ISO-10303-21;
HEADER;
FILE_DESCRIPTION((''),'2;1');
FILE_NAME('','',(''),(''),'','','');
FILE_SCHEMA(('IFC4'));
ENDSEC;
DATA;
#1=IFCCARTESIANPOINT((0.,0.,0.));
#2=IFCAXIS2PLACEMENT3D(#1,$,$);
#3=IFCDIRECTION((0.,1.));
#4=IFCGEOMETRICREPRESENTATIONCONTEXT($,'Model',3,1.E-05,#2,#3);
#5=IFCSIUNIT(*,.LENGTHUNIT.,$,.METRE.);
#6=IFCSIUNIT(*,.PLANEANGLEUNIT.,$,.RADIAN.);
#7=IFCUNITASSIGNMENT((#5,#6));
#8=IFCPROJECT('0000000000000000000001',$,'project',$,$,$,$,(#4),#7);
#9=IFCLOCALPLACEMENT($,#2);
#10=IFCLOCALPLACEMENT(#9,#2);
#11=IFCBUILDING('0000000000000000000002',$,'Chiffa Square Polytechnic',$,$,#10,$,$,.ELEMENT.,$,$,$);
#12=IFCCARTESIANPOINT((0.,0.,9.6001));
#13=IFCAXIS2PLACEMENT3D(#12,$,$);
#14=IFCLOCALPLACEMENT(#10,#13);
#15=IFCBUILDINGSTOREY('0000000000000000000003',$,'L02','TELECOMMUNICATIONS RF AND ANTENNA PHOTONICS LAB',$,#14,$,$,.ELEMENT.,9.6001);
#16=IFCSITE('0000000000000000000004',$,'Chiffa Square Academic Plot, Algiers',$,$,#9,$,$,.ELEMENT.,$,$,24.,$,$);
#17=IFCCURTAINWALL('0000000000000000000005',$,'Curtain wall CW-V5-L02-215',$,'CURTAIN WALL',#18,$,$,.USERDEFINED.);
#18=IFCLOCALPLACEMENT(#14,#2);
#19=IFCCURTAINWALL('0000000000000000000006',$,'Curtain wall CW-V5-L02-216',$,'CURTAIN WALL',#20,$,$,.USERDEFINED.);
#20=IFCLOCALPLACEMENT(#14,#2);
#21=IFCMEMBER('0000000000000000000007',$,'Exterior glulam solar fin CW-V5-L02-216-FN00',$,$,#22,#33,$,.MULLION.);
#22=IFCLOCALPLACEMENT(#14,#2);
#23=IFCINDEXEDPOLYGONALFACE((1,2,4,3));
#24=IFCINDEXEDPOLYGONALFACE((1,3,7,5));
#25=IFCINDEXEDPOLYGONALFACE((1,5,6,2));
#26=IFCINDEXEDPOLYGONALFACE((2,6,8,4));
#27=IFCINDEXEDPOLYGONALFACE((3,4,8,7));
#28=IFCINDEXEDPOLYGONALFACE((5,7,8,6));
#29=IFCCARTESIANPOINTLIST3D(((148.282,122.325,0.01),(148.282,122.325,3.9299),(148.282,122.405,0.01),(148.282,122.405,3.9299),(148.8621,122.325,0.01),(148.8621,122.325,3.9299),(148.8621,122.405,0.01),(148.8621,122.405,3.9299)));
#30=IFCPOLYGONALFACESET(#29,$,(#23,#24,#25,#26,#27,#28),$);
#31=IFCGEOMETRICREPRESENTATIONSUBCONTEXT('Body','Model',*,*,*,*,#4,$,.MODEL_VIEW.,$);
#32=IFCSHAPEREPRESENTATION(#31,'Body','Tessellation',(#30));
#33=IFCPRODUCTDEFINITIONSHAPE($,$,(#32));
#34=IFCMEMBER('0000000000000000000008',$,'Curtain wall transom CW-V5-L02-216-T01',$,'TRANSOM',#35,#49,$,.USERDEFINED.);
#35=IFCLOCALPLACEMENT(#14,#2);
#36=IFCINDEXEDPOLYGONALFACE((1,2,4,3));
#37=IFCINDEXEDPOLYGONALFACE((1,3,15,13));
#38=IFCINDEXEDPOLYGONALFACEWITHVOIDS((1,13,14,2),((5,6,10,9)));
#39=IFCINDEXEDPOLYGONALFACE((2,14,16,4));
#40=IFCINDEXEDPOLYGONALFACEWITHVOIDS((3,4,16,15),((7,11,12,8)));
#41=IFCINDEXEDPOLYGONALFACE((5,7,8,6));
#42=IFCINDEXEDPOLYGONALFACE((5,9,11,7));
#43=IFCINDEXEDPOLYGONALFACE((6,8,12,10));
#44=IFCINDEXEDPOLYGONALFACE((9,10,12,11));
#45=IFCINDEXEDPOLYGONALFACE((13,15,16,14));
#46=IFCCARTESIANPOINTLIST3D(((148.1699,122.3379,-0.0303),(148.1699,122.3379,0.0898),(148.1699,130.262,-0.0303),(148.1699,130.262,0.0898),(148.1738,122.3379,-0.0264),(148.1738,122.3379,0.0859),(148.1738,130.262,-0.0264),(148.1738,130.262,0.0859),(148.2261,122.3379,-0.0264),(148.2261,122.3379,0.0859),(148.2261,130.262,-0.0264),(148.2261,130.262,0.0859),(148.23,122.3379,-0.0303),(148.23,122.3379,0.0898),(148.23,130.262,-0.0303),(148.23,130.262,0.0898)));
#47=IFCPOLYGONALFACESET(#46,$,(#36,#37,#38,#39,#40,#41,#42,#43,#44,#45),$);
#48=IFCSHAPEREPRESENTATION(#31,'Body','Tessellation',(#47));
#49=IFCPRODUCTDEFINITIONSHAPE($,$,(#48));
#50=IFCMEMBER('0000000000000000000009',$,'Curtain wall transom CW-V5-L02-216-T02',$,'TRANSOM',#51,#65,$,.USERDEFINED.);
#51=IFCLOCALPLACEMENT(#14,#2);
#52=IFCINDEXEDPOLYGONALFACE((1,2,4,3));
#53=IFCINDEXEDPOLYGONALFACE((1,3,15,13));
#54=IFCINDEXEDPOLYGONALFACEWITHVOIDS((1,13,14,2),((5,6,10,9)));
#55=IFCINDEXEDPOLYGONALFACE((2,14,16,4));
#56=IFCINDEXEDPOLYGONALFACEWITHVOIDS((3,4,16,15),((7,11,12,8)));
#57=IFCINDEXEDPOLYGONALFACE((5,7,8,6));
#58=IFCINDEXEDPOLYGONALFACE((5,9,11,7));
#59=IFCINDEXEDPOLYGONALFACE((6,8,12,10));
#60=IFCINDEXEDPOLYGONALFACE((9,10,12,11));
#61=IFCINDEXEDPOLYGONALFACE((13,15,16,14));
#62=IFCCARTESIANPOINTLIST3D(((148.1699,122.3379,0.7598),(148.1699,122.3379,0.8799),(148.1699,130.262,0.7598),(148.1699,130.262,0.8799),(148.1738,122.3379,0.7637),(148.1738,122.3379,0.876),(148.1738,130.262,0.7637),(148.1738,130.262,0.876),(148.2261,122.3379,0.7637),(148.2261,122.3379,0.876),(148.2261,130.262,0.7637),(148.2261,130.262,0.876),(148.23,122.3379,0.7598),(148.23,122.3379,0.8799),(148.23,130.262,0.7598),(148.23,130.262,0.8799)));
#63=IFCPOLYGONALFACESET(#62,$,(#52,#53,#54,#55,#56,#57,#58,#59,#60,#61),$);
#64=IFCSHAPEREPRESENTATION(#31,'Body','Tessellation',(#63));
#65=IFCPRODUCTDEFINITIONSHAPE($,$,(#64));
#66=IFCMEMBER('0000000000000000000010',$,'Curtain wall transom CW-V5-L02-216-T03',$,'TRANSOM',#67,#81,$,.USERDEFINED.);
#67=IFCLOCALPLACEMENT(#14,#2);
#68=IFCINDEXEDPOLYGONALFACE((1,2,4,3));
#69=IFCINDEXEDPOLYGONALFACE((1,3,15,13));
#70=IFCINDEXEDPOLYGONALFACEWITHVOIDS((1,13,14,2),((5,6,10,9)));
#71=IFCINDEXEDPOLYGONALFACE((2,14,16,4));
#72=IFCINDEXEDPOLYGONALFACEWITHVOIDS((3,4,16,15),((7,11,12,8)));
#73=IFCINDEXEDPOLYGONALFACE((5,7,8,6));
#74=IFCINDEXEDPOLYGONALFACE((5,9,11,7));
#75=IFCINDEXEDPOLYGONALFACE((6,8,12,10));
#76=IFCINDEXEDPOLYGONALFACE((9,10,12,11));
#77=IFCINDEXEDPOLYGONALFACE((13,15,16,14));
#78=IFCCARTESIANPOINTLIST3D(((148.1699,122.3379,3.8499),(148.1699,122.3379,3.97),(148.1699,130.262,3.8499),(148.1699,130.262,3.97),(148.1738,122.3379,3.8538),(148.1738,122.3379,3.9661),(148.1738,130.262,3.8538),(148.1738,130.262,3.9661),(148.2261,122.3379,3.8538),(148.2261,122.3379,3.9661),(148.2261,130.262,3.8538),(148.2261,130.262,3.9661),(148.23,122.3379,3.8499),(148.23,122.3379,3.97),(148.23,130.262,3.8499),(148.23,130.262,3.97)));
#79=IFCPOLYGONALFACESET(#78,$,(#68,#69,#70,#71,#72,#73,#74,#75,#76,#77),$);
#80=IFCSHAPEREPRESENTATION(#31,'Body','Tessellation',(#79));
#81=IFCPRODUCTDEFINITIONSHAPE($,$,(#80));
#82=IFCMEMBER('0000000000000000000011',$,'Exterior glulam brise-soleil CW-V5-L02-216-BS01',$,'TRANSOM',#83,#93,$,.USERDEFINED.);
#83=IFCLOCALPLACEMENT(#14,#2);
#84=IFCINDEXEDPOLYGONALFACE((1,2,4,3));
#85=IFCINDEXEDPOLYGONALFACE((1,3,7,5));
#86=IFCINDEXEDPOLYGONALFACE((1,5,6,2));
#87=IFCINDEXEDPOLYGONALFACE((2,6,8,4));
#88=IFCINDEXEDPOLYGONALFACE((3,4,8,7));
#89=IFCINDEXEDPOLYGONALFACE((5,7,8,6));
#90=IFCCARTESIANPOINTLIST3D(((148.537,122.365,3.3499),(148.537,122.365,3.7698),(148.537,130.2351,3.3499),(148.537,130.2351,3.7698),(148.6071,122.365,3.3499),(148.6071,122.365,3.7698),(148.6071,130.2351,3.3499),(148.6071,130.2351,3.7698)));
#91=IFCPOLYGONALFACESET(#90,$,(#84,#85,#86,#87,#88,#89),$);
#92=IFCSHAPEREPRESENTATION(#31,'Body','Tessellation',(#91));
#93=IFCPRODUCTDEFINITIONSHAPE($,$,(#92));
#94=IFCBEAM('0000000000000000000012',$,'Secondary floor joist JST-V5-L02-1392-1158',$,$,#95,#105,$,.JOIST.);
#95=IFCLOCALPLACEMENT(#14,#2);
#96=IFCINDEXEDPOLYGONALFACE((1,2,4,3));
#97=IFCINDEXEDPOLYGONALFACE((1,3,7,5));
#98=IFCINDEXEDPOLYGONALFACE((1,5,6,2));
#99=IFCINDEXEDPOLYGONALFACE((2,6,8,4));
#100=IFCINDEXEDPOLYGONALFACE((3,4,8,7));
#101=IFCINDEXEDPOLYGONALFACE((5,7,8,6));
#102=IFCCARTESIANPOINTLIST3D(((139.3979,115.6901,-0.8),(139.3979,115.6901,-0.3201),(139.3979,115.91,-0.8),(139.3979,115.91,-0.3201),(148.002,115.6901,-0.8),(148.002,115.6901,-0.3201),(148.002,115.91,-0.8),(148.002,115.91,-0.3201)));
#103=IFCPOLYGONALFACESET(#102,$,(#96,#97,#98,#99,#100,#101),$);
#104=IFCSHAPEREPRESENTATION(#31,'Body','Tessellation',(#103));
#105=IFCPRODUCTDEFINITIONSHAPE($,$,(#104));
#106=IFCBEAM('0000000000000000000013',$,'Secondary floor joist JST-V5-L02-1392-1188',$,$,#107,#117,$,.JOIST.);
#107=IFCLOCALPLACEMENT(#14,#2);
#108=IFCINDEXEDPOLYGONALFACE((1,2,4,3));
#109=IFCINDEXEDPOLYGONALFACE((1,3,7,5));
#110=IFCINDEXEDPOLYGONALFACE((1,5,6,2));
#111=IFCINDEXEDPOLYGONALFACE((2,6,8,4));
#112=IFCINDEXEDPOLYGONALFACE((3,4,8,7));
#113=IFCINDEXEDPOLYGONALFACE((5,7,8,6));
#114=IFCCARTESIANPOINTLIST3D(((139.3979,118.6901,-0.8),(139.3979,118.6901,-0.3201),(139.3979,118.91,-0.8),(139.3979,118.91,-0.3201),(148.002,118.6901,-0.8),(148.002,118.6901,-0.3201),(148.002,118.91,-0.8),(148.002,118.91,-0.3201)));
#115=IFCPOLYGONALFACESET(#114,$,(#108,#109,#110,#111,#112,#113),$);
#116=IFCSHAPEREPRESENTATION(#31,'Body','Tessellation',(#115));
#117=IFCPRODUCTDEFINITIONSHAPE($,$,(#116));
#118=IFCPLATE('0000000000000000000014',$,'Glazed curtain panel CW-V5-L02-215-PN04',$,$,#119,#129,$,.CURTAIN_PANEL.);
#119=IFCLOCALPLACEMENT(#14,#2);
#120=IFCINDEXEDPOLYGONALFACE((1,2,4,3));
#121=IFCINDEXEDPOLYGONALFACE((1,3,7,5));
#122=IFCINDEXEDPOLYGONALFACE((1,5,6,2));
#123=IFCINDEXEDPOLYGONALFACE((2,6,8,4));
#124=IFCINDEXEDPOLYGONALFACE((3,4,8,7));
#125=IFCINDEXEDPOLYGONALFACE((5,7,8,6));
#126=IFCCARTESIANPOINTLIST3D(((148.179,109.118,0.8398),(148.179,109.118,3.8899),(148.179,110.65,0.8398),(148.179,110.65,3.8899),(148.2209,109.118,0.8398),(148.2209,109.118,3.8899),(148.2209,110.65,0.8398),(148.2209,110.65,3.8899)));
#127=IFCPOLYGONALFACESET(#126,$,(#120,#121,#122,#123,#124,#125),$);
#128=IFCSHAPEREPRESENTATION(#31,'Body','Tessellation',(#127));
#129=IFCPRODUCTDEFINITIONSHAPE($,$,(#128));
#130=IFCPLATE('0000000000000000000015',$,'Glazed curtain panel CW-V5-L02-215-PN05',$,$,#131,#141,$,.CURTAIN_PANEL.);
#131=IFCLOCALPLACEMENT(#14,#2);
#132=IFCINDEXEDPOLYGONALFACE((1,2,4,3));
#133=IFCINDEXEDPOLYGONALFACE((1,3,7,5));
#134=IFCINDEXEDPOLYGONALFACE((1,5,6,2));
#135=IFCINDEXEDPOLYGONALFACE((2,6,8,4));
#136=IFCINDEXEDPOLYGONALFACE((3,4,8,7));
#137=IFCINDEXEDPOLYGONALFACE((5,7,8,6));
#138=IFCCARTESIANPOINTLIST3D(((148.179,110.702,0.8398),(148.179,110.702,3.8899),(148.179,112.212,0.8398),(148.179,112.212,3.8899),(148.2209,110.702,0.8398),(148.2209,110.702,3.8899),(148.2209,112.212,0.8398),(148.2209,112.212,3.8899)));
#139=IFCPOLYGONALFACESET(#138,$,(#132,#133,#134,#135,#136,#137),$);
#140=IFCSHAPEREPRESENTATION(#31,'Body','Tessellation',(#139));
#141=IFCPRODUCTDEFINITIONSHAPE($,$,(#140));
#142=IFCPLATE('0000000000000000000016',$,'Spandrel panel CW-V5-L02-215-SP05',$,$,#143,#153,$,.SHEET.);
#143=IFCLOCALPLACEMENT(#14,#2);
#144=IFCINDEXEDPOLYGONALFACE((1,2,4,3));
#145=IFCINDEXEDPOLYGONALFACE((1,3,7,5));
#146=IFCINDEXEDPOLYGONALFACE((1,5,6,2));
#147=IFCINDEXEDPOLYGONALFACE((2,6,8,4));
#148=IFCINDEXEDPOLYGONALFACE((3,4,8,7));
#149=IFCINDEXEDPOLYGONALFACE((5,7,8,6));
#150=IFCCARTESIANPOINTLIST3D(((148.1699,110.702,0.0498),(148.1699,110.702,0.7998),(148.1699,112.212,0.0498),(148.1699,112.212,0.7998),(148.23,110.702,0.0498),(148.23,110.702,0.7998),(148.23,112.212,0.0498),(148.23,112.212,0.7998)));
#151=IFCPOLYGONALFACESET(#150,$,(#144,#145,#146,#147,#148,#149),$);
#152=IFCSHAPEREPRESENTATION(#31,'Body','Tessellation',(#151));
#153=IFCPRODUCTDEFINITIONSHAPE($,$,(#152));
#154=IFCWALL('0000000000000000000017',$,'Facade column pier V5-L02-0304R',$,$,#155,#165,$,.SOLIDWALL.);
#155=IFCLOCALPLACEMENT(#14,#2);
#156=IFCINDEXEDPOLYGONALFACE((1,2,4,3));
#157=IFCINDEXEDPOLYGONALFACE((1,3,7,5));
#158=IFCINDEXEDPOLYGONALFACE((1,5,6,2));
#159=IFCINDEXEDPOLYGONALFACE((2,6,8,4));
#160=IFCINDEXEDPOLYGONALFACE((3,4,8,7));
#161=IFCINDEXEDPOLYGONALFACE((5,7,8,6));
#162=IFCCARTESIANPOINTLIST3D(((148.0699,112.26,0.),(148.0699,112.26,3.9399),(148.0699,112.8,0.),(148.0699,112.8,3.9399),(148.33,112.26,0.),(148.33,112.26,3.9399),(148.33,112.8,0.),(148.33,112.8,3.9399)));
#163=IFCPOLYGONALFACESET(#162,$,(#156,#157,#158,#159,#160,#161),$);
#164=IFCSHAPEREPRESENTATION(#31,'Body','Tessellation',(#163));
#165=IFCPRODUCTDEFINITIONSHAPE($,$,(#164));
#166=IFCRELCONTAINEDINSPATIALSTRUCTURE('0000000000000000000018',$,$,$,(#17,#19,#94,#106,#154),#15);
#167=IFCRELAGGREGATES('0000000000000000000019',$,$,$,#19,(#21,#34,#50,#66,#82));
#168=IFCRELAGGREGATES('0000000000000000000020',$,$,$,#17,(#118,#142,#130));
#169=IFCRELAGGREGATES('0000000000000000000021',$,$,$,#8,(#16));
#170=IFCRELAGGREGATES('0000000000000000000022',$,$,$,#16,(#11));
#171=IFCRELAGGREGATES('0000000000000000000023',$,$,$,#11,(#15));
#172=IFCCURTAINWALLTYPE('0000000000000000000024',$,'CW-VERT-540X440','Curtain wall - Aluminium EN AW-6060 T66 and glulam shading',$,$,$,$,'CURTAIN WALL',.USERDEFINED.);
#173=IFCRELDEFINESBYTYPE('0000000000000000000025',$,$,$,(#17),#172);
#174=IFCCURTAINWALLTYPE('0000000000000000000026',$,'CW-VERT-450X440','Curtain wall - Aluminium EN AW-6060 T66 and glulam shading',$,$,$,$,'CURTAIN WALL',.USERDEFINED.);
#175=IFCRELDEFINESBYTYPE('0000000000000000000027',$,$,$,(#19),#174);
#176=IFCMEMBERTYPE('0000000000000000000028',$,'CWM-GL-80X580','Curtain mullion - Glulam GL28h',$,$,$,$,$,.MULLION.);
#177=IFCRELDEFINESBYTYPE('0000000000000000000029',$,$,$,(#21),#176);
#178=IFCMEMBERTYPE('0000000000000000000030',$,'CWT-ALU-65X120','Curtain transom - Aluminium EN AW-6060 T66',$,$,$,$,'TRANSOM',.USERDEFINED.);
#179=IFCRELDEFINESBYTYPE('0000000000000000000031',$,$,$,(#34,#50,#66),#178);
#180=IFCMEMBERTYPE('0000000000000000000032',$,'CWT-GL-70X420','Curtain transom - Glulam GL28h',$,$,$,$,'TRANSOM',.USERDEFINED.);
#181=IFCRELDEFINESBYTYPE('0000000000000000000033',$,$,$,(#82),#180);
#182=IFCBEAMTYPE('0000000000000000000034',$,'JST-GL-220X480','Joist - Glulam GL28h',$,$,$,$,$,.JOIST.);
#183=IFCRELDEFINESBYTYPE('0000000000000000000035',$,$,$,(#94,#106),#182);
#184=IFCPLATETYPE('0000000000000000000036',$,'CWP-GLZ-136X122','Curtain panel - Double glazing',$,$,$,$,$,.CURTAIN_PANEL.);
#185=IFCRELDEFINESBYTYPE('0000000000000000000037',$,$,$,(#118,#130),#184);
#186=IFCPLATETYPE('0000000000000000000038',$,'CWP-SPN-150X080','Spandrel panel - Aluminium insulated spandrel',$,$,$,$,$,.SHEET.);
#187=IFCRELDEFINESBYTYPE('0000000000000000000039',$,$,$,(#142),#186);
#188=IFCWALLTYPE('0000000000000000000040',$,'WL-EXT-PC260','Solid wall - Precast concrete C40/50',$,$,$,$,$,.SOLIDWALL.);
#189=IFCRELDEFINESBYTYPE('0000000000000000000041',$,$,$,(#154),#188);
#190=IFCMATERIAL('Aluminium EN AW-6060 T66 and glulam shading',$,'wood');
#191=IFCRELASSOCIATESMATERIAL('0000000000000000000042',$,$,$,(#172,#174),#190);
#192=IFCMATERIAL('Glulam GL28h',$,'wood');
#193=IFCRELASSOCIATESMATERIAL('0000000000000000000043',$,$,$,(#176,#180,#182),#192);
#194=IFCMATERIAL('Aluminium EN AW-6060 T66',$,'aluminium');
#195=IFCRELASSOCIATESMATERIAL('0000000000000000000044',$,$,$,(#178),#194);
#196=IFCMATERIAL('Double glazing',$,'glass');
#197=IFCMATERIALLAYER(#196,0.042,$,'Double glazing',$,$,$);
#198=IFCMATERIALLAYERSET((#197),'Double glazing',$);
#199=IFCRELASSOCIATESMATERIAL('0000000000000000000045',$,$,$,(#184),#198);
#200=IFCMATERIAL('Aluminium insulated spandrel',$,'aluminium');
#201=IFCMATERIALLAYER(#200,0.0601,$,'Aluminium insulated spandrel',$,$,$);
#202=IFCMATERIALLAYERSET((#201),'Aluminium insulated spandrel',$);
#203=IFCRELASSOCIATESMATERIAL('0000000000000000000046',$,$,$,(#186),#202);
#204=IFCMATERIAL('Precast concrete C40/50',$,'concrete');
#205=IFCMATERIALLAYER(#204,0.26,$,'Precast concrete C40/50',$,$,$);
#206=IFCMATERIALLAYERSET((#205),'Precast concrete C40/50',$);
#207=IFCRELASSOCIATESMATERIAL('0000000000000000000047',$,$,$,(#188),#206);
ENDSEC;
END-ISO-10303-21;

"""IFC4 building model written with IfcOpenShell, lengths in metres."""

from ifc_helpers import new_model, si_unit, direction, frame, frame_2d, origin, origin_2d, place, context, subcontext, project, spatial, rectangle, hollow_rectangle, extrude, material, layer, layer_set, material_profile, profile_set, type_object, element, aggregate, save


model = new_model("IFC4")

# Units and contexts
model_context = context("Model", 3, precision=1e-05, world=origin(), true_north=direction((0.0, 1.0)))
body_context = subcontext(model_context, "Body", "Model", "MODEL_VIEW")
ifc_project = project(units=[si_unit("LENGTHUNIT", "METRE"), si_unit("PLANEANGLEUNIT", "RADIAN")], contexts=[model_context])

# Site, building, storey
site_placement = place(None, origin())
site = spatial("IfcSite", under=ifc_project, at=site_placement, Name="Chiffa Square Academic Plot, Algiers", CompositionType="ELEMENT", RefElevation=24.0)
building_placement = place(site_placement, origin())
building = spatial("IfcBuilding", under=site, at=building_placement, Name="Chiffa Square Polytechnic", CompositionType="ELEMENT")
storey_placement = place(building_placement, frame((0.0, 0.0, 9.6001)))
storey = spatial("IfcBuildingStorey", under=building, at=storey_placement, Name="L02", Description="TELECOMMUNICATIONS RF AND ANTENNA PHOTONICS LAB", CompositionType="ELEMENT", Elevation=9.6001)

# Curtain wall
ifc_material_1 = material(Name="Aluminium EN AW-6060 T66 and glulam shading", Category="wood")
curtain_wall_type_1 = type_object("IfcCurtainWallType", Name="CW-VERT-540X440", Description="Curtain wall - Aluminium EN AW-6060 T66 and glulam shading", ElementType="CURTAIN WALL", PredefinedType="USERDEFINED", material=ifc_material_1)
curtain_wall_1_placement = place(storey_placement, origin())
curtain_wall_1 = element("IfcCurtainWall", 1, at=curtain_wall_1_placement, inside=storey, type_object=curtain_wall_type_1, Name="Curtain wall CW-V5-L02-215", ObjectType="CURTAIN WALL", PredefinedType="USERDEFINED")
ifc_material_2 = material(Name="Aluminium EN AW-6060 T66", Category="aluminium")

# Curtain wall
curtain_wall_type_2 = type_object("IfcCurtainWallType", Name="CW-VERT-450X440", Description="Curtain wall - Aluminium EN AW-6060 T66 and glulam shading", ElementType="CURTAIN WALL", PredefinedType="USERDEFINED", material=ifc_material_1)
curtain_wall_2_placement = place(storey_placement, origin())
curtain_wall_2 = element("IfcCurtainWall", 2, at=curtain_wall_2_placement, inside=storey, type_object=curtain_wall_type_2, Name="Curtain wall CW-V5-L02-216", ObjectType="CURTAIN WALL", PredefinedType="USERDEFINED")

# Members
ifc_material_3 = material(Name="Glulam GL28h", Category="wood")
ifc_material_profile_1 = material_profile(ifc_material_3, rectangle(XDim=0.0801, YDim=0.5801, at=origin_2d()), Name="GL28h 80x580")
ifc_profile_set_1 = profile_set([ifc_material_profile_1], Name="Glulam GL28h")
member_type_1 = type_object("IfcMemberType", Name="CWM-GL-80X580", Description="Curtain mullion - Glulam GL28h", PredefinedType="MULLION", material=ifc_profile_set_1)
member_1_placement = place(storey_placement, frame((148.572, 122.365, 0.01), z_axis=(0.0, 0.0, 1.0), x_axis=(0.0, 1.0, 0.0)))
member_1 = element("IfcMember", 3, at=member_1_placement, type_object=member_type_1, Name="Exterior glulam solar fin CW-V5-L02-216-FN00", PredefinedType="MULLION", context=body_context, shape_type="SweptSolid", body=[
    extrude(rectangle(XDim=0.0801, YDim=0.5801, at=origin_2d()), origin(), (0.0, 0.0, 1.0), 3.9199),
])
ifc_material_profile_2 = material_profile(ifc_material_2, hollow_rectangle(XDim=0.0601, YDim=0.1201, WallThickness=0.0039, at=origin_2d()), Name="ALU 60x120x4")
ifc_profile_set_2 = profile_set([ifc_material_profile_2], Name="Aluminium EN AW-6060 T66")
member_type_2 = type_object("IfcMemberType", Name="CWT-ALU-65X120", Description="Curtain transom - Aluminium EN AW-6060 T66", ElementType="TRANSOM", PredefinedType="USERDEFINED", material=ifc_profile_set_2)
member_2_placement = place(storey_placement, frame((148.2, 122.3379, 0.0298), z_axis=(0.0, 1.0, 0.0), x_axis=(-1.0, 0.0, 0.0)))
member_2 = element("IfcMember", 4, at=member_2_placement, type_object=member_type_2, Name="Curtain wall transom CW-V5-L02-216-T01", ObjectType="TRANSOM", PredefinedType="USERDEFINED", context=body_context, shape_type="SweptSolid", body=[
    extrude(hollow_rectangle(XDim=0.0601, YDim=0.1201, WallThickness=0.0039, at=origin_2d()), origin(), (0.0, 0.0, 1.0), 7.9241),
])
member_3_placement = place(storey_placement, frame((148.2, 122.3379, 0.8198), z_axis=(0.0, 1.0, 0.0), x_axis=(-1.0, 0.0, 0.0)))
member_3 = element("IfcMember", 5, at=member_3_placement, type_object=member_type_2, Name="Curtain wall transom CW-V5-L02-216-T02", ObjectType="TRANSOM", PredefinedType="USERDEFINED", context=body_context, shape_type="SweptSolid", body=[
    extrude(hollow_rectangle(XDim=0.0601, YDim=0.1201, WallThickness=0.0039, at=origin_2d()), origin(), (0.0, 0.0, 1.0), 7.9241),
])
member_4_placement = place(storey_placement, frame((148.2, 122.3379, 3.9099), z_axis=(0.0, 1.0, 0.0), x_axis=(-1.0, 0.0, 0.0)))
member_4 = element("IfcMember", 6, at=member_4_placement, type_object=member_type_2, Name="Curtain wall transom CW-V5-L02-216-T03", ObjectType="TRANSOM", PredefinedType="USERDEFINED", context=body_context, shape_type="SweptSolid", body=[
    extrude(hollow_rectangle(XDim=0.0601, YDim=0.1201, WallThickness=0.0039, at=origin_2d()), origin(), (0.0, 0.0, 1.0), 7.9241),
])
ifc_material_profile_3 = material_profile(ifc_material_3, rectangle(XDim=0.0701, YDim=0.4199, at=origin_2d()), Name="GL28h 70x420")
ifc_profile_set_3 = profile_set([ifc_material_profile_3], Name="Glulam GL28h")
member_type_3 = type_object("IfcMemberType", Name="CWT-GL-70X420", Description="Curtain transom - Glulam GL28h", ElementType="TRANSOM", PredefinedType="USERDEFINED", material=ifc_profile_set_3)
member_5_placement = place(storey_placement, frame((148.572, 122.365, 3.5598), z_axis=(0.0, 1.0, 0.0), x_axis=(-1.0, 0.0, 0.0)))
member_5 = element("IfcMember", 7, at=member_5_placement, type_object=member_type_3, Name="Exterior glulam brise-soleil CW-V5-L02-216-BS01", ObjectType="TRANSOM", PredefinedType="USERDEFINED", context=body_context, shape_type="SweptSolid", body=[
    extrude(rectangle(XDim=0.0701, YDim=0.4199, at=origin_2d()), origin(), (0.0, 0.0, 1.0), 7.8701),
])
aggregate(curtain_wall_2, [member_1, member_2, member_3, member_4, member_5])

# Beams
ifc_material_profile_4 = material_profile(ifc_material_3, rectangle(XDim=0.22, YDim=0.48, at=origin_2d()), Name="GL28h 220x480")
ifc_profile_set_4 = profile_set([ifc_material_profile_4], Name="Glulam GL28h")
beam_type_1 = type_object("IfcBeamType", Name="JST-GL-220X480", Description="Joist - Glulam GL28h", PredefinedType="JOIST", material=ifc_profile_set_4)
for number, where, z_axis, x_axis, name in (
    (8, (139.3979, 115.8, -0.5601), (1.0, 0.0, 0.0), (0.0, 1.0, 0.0), "Secondary floor joist JST-V5-L02-1392-1158"),
    (9, (139.3979, 118.8, -0.5601), (1.0, 0.0, 0.0), (0.0, 1.0, 0.0), "Secondary floor joist JST-V5-L02-1392-1188"),
):
    element("IfcBeam", number, at=place(storey_placement, frame(where, z_axis=z_axis, x_axis=x_axis)), inside=storey, type_object=beam_type_1, Name=name, PredefinedType="JOIST", context=body_context, shape_type="SweptSolid", body=[
        extrude(rectangle(XDim=0.22, YDim=0.48, at=origin_2d()), origin(), (0.0, 0.0, 1.0), 8.604),
    ])

# Plates
ifc_material_4 = material(Name="Double glazing", Category="glass")
ifc_layer_1 = layer(ifc_material_4, 0.042, Name="Double glazing")
ifc_layer_set_1 = layer_set([ifc_layer_1], Name="Double glazing")
plate_type_1 = type_object("IfcPlateType", Name="CWP-GLZ-136X122", Description="Curtain panel - Double glazing", PredefinedType="CURTAIN_PANEL", material=ifc_layer_set_1)
plate_1_placement = place(storey_placement, frame((148.2, 109.884, 0.8398), z_axis=(0.0, 0.0, 1.0), x_axis=(0.0, 1.0, 0.0)))
plate_1 = element("IfcPlate", 10, at=plate_1_placement, type_object=plate_type_1, Name="Glazed curtain panel CW-V5-L02-215-PN04", PredefinedType="CURTAIN_PANEL", context=body_context, shape_type="SweptSolid", body=[
    extrude(rectangle(XDim=1.532, YDim=0.042, at=origin_2d()), origin(), (0.0, 0.0, 1.0), 3.05),
])
plate_2_placement = place(storey_placement, frame((148.2, 111.457, 0.8398), z_axis=(0.0, 0.0, 1.0), x_axis=(0.0, 1.0, 0.0)))
plate_2 = element("IfcPlate", 11, at=plate_2_placement, type_object=plate_type_1, Name="Glazed curtain panel CW-V5-L02-215-PN05", PredefinedType="CURTAIN_PANEL", context=body_context, shape_type="SweptSolid", body=[
    extrude(rectangle(XDim=1.51, YDim=0.042, at=origin_2d()), origin(), (0.0, 0.0, 1.0), 3.05),
])
ifc_material_5 = material(Name="Aluminium insulated spandrel", Category="aluminium")
ifc_layer_2 = layer(ifc_material_5, 0.0601, Name="Aluminium insulated spandrel")
ifc_layer_set_2 = layer_set([ifc_layer_2], Name="Aluminium insulated spandrel")
plate_type_2 = type_object("IfcPlateType", Name="CWP-SPN-150X080", Description="Spandrel panel - Aluminium insulated spandrel", PredefinedType="SHEET", material=ifc_layer_set_2)
plate_3_placement = place(storey_placement, frame((148.2, 111.457, 0.0498), z_axis=(0.0, 0.0, 1.0), x_axis=(0.0, 1.0, 0.0)))
plate_3 = element("IfcPlate", 12, at=plate_3_placement, type_object=plate_type_2, Name="Spandrel panel CW-V5-L02-215-SP05", PredefinedType="SHEET", context=body_context, shape_type="SweptSolid", body=[
    extrude(rectangle(XDim=1.51, YDim=0.0601, at=origin_2d()), origin(), (0.0, 0.0, 1.0), 0.75),
])
aggregate(curtain_wall_1, [plate_1, plate_3, plate_2])

# Wall
ifc_material_6 = material(Name="Precast concrete C40/50", Category="concrete")
ifc_layer_3 = layer(ifc_material_6, 0.26, Name="Precast concrete C40/50")
ifc_layer_set_3 = layer_set([ifc_layer_3], Name="Precast concrete C40/50")
wall_type_1 = type_object("IfcWallType", Name="WL-EXT-PC260", Description="Solid wall - Precast concrete C40/50", PredefinedType="SOLIDWALL", material=ifc_layer_set_3)
wall_1_placement = place(storey_placement, frame((148.2, 112.26, 0.0), z_axis=(0.0, 0.0, 1.0), x_axis=(0.0, 1.0, 0.0)))
element("IfcWall", 13, at=wall_1_placement, inside=storey, type_object=wall_type_1, Name="Facade column pier V5-L02-0304R", PredefinedType="SOLIDWALL", context=body_context, shape_type="SweptSolid", body=[
    extrude(rectangle(XDim=0.54, YDim=0.26, at=frame_2d((0.27, 0.0))), origin(), (0.0, 0.0, 1.0), 3.9399),
])

save(model, "model.ifc")
